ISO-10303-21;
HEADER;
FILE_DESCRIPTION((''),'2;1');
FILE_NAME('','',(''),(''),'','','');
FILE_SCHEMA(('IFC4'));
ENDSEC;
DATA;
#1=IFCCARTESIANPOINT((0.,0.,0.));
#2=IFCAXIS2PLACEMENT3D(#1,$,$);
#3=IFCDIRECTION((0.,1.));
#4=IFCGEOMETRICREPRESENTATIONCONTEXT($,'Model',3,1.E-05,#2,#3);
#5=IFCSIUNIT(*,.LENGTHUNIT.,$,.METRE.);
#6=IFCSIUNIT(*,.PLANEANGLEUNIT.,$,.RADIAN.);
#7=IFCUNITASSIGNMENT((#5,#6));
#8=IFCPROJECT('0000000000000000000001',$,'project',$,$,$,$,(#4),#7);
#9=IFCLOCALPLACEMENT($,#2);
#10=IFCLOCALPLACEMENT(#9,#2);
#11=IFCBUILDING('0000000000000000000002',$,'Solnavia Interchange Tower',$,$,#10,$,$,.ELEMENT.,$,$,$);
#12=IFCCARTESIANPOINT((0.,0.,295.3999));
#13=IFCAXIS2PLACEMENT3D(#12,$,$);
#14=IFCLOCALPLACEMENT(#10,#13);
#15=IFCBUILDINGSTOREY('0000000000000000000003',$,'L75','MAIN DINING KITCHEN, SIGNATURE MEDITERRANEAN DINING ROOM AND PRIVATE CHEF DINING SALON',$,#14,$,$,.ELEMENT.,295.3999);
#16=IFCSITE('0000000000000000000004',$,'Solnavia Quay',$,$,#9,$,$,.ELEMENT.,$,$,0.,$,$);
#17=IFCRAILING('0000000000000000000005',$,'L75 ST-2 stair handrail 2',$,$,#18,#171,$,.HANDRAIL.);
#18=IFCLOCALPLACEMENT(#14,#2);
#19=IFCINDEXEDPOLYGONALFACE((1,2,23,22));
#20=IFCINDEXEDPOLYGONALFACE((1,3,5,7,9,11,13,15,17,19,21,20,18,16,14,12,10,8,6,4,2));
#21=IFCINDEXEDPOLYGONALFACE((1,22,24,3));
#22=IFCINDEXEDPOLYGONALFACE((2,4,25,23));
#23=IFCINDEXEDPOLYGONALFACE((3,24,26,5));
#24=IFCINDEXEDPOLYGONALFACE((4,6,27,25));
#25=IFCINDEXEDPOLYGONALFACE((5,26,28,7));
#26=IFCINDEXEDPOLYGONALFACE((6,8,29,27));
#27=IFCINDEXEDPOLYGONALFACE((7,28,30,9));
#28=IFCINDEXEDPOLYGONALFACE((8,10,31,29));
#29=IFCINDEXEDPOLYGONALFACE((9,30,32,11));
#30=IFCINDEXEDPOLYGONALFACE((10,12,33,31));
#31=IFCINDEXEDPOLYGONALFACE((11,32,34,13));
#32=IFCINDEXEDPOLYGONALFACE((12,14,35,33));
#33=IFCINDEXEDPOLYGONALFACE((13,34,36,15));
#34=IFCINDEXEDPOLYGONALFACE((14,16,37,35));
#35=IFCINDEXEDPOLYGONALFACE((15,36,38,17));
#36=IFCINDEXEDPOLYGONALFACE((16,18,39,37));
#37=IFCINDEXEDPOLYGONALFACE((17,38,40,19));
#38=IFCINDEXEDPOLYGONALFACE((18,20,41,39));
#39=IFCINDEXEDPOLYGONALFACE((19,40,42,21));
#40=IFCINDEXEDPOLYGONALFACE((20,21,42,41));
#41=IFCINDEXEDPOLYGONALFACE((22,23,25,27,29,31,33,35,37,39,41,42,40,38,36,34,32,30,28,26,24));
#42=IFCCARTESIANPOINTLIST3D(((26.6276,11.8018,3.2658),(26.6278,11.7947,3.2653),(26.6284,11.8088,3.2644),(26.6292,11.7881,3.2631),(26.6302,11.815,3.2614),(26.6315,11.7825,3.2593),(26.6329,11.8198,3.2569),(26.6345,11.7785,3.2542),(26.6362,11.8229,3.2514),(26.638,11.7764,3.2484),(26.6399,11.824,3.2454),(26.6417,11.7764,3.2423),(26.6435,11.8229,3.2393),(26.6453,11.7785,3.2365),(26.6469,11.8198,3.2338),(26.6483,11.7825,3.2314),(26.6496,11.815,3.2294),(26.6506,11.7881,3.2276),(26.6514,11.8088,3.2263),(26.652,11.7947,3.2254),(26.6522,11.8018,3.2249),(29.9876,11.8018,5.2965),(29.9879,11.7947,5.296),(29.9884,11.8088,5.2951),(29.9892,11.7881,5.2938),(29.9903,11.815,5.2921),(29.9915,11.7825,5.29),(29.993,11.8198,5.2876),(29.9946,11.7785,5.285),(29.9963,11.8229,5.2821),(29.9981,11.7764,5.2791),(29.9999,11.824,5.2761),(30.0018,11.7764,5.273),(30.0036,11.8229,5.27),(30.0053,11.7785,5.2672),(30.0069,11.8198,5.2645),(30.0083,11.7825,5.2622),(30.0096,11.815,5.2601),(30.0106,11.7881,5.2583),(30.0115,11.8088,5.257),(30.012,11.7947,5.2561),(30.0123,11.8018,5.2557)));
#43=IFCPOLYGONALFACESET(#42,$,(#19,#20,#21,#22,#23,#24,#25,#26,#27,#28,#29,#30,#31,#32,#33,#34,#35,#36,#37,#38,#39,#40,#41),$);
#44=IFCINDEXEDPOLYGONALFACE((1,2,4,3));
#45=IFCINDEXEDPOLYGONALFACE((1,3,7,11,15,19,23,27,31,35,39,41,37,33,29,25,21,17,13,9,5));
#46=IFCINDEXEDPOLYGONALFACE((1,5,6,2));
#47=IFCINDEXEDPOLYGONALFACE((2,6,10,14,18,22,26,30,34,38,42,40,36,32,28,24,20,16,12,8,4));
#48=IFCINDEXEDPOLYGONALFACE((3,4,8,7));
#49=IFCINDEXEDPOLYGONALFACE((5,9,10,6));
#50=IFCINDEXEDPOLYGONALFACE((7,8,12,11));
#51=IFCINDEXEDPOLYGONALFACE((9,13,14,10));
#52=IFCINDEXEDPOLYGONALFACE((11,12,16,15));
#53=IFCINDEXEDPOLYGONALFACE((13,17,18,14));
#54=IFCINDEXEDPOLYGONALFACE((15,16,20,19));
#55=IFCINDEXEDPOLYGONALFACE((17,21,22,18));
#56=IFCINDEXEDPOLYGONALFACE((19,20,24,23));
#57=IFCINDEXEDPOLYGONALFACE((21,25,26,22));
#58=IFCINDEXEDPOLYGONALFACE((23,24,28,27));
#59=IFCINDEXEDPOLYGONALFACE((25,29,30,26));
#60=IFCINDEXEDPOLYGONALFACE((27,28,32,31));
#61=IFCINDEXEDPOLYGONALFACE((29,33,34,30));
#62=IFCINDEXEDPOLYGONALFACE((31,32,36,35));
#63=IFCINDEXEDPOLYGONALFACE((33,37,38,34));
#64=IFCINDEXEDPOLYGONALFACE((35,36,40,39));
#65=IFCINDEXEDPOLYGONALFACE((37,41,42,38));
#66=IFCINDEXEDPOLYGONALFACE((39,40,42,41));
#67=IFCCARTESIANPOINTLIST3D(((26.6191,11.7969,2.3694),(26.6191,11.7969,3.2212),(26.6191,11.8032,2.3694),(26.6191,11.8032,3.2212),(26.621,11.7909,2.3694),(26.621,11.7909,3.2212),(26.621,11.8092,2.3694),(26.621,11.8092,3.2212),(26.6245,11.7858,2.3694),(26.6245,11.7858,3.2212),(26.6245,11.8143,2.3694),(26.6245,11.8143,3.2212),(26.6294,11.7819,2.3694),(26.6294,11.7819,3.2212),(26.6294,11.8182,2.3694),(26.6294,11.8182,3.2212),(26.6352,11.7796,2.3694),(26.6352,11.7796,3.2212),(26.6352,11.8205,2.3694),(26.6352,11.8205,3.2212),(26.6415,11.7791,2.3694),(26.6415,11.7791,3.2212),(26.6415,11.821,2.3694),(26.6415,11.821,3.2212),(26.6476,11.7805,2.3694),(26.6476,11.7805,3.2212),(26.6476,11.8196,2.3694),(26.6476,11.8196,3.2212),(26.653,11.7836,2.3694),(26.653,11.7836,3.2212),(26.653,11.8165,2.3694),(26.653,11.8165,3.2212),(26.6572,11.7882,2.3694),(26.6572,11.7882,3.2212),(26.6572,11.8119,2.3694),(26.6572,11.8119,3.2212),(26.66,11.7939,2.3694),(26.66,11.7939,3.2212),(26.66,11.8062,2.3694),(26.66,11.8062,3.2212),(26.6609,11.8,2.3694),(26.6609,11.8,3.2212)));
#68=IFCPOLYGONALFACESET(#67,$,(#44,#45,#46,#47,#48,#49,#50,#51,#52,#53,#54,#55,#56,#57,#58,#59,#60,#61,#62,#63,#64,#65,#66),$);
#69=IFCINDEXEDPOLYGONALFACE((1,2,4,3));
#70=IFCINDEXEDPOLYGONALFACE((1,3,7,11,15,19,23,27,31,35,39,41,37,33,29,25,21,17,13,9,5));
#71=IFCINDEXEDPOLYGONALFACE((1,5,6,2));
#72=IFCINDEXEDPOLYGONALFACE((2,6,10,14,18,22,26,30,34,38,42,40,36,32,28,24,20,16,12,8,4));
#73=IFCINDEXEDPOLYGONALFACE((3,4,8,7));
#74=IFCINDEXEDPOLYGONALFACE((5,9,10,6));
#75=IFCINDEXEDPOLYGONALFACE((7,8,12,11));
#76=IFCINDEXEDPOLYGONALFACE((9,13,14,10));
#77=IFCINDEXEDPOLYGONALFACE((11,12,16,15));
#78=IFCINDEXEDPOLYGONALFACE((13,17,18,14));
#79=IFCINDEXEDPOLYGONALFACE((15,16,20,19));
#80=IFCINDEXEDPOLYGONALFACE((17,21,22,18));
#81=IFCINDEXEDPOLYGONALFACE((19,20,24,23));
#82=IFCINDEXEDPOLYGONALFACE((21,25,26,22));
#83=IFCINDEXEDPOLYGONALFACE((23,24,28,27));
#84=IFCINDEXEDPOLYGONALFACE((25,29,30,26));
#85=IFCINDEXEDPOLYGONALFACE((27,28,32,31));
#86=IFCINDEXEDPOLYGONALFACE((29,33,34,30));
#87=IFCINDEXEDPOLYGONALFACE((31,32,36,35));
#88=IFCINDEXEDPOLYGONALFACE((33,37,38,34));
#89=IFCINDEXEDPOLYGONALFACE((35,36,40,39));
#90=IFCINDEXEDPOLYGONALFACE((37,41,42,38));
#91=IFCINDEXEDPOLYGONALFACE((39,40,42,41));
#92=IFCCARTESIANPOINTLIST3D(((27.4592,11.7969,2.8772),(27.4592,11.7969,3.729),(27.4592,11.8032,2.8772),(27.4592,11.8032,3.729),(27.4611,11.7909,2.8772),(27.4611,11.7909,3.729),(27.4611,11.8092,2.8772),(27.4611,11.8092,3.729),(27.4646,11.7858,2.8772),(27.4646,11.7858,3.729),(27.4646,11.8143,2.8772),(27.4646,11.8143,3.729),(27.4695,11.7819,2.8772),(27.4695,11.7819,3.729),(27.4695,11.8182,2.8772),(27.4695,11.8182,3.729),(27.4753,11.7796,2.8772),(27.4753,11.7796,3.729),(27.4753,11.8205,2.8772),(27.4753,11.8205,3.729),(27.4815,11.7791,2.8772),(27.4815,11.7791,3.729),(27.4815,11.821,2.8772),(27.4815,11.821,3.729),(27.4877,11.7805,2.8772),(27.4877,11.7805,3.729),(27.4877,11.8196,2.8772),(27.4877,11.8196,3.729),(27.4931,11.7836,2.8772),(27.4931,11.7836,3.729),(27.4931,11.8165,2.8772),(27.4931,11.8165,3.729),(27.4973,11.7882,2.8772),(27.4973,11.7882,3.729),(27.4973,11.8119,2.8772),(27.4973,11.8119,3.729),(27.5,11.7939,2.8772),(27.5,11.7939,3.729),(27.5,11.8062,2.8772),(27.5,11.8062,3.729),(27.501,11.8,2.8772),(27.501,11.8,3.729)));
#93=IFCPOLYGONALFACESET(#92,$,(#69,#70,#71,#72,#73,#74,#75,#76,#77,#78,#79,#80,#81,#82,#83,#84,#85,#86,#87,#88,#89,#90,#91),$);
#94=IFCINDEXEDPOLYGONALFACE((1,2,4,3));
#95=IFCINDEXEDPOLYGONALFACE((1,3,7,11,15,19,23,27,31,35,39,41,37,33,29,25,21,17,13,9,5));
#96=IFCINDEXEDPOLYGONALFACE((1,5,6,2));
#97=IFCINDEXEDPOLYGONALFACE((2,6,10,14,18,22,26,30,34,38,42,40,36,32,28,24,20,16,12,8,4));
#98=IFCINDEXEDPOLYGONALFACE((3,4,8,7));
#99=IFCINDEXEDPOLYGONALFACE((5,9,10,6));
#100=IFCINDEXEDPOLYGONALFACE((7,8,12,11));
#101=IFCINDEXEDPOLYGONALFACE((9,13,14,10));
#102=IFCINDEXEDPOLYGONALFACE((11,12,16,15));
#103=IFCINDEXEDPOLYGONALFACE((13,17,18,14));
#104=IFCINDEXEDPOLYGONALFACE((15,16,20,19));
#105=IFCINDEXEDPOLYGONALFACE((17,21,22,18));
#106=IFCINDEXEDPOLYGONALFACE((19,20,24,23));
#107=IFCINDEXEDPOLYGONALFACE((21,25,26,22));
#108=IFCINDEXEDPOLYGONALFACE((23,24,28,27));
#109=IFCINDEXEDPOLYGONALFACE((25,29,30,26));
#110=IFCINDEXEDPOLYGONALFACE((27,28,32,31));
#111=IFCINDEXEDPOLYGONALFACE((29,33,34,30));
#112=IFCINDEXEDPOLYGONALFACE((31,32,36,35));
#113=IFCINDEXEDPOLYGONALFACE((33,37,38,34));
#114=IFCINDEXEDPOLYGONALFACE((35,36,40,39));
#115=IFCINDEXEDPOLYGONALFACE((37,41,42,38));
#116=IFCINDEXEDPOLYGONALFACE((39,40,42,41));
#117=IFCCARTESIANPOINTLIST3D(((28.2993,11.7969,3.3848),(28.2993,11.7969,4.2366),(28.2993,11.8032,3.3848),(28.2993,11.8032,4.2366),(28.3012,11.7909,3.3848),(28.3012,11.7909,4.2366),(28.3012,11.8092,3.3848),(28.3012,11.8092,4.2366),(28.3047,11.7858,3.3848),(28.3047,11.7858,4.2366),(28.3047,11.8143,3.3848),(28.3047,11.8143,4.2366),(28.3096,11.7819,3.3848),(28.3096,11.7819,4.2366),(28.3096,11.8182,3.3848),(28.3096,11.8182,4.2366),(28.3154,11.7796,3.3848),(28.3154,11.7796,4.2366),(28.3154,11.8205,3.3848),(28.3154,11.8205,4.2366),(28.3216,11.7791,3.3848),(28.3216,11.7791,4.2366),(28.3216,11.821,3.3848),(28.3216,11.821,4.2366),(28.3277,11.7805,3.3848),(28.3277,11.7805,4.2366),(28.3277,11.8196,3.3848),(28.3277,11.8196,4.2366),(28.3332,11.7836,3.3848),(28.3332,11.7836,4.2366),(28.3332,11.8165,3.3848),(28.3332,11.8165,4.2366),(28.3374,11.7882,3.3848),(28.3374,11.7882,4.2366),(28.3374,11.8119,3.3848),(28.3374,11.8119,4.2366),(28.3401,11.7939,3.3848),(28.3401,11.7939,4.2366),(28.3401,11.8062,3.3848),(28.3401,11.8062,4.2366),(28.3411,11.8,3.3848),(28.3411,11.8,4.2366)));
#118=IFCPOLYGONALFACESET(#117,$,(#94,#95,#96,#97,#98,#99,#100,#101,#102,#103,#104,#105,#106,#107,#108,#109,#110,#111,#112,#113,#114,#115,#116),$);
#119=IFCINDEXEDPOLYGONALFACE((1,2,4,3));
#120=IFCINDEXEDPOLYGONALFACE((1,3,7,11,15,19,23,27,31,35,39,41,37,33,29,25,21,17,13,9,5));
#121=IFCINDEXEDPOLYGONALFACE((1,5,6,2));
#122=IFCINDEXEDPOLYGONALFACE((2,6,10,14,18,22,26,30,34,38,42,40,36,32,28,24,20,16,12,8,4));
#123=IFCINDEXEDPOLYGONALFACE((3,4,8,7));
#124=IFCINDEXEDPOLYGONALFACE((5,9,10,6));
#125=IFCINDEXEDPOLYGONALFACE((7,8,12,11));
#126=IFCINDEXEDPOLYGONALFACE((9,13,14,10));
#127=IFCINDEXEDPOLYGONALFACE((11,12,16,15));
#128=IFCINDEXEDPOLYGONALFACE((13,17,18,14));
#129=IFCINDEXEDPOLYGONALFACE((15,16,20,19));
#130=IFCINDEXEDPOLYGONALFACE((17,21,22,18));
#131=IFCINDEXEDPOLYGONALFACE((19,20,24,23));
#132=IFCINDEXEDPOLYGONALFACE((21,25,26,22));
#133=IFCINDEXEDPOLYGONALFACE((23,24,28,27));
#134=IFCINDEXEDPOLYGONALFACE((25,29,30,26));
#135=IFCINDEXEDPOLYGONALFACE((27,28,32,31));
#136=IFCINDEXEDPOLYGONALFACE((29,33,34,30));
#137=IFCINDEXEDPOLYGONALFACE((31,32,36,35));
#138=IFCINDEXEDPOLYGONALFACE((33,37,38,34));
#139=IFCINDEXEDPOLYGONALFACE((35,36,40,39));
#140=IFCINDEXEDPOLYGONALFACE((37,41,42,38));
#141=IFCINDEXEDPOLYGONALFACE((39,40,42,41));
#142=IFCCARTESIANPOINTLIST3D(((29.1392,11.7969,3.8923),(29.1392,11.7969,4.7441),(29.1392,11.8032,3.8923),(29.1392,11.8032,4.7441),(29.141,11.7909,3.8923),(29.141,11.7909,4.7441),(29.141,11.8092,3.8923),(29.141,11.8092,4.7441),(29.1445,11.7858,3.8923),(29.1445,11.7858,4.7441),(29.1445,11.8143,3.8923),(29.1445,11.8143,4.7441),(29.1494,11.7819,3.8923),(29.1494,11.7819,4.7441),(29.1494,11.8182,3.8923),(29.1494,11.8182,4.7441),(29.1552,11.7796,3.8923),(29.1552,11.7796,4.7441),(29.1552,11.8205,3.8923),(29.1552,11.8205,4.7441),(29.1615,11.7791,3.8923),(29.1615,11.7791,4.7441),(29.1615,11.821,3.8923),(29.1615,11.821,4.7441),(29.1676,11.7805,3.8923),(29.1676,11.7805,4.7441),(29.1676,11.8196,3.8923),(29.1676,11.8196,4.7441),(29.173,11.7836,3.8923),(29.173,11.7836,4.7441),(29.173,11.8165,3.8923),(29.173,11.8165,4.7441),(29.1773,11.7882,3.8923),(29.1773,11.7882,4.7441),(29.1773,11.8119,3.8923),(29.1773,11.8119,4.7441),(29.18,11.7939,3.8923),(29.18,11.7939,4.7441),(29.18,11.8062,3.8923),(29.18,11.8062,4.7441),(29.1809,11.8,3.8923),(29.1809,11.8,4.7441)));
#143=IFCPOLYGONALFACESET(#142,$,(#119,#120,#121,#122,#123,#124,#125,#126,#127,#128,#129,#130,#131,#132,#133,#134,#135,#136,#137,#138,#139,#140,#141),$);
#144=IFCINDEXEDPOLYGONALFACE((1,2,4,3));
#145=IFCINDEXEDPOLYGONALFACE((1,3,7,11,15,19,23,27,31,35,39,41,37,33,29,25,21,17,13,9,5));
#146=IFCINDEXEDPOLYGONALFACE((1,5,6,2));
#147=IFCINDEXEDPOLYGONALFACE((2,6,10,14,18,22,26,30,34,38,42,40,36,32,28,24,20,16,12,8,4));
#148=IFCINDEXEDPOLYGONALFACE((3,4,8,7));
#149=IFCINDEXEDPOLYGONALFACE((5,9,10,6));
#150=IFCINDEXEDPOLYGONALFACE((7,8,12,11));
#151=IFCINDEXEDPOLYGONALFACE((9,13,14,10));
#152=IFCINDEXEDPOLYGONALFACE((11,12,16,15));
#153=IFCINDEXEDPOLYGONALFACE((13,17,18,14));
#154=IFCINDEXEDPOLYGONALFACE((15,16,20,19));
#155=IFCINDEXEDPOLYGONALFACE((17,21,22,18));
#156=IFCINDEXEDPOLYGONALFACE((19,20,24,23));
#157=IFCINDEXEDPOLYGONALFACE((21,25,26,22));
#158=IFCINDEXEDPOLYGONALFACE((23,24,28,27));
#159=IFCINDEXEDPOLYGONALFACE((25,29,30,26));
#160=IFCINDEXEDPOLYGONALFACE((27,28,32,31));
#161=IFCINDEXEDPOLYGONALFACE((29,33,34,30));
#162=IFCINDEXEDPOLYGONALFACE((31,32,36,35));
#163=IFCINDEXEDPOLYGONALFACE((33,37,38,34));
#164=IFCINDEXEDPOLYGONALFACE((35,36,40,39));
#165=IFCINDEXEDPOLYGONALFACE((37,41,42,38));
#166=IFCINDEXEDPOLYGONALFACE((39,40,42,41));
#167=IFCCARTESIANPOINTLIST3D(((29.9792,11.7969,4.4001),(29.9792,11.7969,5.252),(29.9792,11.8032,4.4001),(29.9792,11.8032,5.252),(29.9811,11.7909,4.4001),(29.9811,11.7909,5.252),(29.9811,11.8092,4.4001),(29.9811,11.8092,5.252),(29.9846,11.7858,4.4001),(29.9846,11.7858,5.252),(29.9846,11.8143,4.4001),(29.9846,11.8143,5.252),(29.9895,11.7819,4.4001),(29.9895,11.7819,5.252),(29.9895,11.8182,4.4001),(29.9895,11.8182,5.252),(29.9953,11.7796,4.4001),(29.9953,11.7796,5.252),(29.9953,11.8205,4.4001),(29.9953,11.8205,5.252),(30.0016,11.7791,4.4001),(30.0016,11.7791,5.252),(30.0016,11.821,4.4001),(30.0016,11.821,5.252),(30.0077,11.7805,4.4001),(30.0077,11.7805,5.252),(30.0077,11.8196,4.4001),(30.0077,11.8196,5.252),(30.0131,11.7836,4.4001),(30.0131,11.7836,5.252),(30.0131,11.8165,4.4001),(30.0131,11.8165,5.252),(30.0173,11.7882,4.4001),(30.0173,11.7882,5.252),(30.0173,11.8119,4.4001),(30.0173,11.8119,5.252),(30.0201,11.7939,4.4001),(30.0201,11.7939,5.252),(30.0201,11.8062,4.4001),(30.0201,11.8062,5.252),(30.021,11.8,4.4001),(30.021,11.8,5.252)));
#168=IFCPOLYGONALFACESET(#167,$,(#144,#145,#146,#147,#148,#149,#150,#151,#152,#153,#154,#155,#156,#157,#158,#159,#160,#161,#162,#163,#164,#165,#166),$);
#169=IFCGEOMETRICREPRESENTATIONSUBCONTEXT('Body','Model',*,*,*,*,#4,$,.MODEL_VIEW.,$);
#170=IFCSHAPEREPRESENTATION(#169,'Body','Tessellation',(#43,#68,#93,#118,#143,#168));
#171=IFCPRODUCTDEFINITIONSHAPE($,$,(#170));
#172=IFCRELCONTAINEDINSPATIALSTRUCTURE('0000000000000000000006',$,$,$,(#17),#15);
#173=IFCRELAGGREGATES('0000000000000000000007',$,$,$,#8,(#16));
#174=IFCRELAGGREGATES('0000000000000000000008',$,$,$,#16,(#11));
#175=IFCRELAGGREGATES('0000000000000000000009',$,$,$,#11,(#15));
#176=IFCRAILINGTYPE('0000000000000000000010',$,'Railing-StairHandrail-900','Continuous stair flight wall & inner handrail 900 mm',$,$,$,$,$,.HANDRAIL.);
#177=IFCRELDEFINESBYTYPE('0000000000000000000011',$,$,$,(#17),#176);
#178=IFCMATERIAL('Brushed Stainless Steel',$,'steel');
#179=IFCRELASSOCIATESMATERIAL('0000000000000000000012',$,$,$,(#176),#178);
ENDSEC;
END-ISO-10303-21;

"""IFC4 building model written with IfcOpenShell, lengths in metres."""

from ifc_helpers import new_model, si_unit, direction, frame, origin, origin_2d, place, context, subcontext, project, spatial, circle, extrude, material, type_object, element, save


model = new_model("IFC4")

# Units and contexts
model_context = context("Model", 3, precision=1e-05, world=origin(), true_north=direction((0.0, 1.0)))
body_context = subcontext(model_context, "Body", "Model", "MODEL_VIEW")
ifc_project = project(units=[si_unit("LENGTHUNIT", "METRE"), si_unit("PLANEANGLEUNIT", "RADIAN")], contexts=[model_context])

# Site, building, storey
site_placement = place(None, origin())
site = spatial("IfcSite", under=ifc_project, at=site_placement, Name="Solnavia Quay", CompositionType="ELEMENT", RefElevation=0.0)
building_placement = place(site_placement, origin())
building = spatial("IfcBuilding", under=site, at=building_placement, Name="Solnavia Interchange Tower", CompositionType="ELEMENT")
storey_placement = place(building_placement, frame((0.0, 0.0, 295.3999)))
storey = spatial("IfcBuildingStorey", under=building, at=storey_placement, Name="L75", Description="MAIN DINING KITCHEN, SIGNATURE MEDITERRANEAN DINING ROOM AND PRIVATE CHEF DINING SALON", CompositionType="ELEMENT", Elevation=295.3999)

# Railing
ifc_material_1 = material(Name="Brushed Stainless Steel", Category="steel")
railing_type_1 = type_object("IfcRailingType", Name="Railing-StairHandrail-900", Description="Continuous stair flight wall & inner handrail 900 mm", PredefinedType="HANDRAIL", material=ifc_material_1)
railing_1_placement = place(storey_placement, frame((26.6399, 11.8, 2.3694)))
element("IfcRailing", 1, at=railing_1_placement, inside=storey, type_object=railing_type_1, Name="L75 ST-2 stair handrail 2", PredefinedType="HANDRAIL", context=body_context, shape_type="SweptSolid", body=[
    extrude(circle(Radius=0.0239, at=origin_2d()), frame((0.0, 0.0, 0.876), z_axis=(0.855837, 0.0, 0.517246), x_axis=(0.0, 1.0, 0.0)), (0.0, 0.0, 1.0), 3.926),
    extrude(circle(Radius=0.021, at=origin_2d()), origin(), (0.0, 0.0, 1.0), 0.8518),
    extrude(circle(Radius=0.021, at=origin_2d()), frame((0.8401, 0.0, 0.5078)), (0.0, 0.0, 1.0), 0.8518),
    extrude(circle(Radius=0.021, at=origin_2d()), frame((1.6802, 0.0, 1.0154)), (0.0, 0.0, 1.0), 0.8518),
    extrude(circle(Radius=0.021, at=origin_2d()), frame((2.52, 0.0, 1.5229)), (0.0, 0.0, 1.0), 0.8518),
    extrude(circle(Radius=0.021, at=origin_2d()), frame((3.3601, 0.0, 2.0308)), (0.0, 0.0, 1.0), 0.8518),
])

save(model, "model.ifc")
